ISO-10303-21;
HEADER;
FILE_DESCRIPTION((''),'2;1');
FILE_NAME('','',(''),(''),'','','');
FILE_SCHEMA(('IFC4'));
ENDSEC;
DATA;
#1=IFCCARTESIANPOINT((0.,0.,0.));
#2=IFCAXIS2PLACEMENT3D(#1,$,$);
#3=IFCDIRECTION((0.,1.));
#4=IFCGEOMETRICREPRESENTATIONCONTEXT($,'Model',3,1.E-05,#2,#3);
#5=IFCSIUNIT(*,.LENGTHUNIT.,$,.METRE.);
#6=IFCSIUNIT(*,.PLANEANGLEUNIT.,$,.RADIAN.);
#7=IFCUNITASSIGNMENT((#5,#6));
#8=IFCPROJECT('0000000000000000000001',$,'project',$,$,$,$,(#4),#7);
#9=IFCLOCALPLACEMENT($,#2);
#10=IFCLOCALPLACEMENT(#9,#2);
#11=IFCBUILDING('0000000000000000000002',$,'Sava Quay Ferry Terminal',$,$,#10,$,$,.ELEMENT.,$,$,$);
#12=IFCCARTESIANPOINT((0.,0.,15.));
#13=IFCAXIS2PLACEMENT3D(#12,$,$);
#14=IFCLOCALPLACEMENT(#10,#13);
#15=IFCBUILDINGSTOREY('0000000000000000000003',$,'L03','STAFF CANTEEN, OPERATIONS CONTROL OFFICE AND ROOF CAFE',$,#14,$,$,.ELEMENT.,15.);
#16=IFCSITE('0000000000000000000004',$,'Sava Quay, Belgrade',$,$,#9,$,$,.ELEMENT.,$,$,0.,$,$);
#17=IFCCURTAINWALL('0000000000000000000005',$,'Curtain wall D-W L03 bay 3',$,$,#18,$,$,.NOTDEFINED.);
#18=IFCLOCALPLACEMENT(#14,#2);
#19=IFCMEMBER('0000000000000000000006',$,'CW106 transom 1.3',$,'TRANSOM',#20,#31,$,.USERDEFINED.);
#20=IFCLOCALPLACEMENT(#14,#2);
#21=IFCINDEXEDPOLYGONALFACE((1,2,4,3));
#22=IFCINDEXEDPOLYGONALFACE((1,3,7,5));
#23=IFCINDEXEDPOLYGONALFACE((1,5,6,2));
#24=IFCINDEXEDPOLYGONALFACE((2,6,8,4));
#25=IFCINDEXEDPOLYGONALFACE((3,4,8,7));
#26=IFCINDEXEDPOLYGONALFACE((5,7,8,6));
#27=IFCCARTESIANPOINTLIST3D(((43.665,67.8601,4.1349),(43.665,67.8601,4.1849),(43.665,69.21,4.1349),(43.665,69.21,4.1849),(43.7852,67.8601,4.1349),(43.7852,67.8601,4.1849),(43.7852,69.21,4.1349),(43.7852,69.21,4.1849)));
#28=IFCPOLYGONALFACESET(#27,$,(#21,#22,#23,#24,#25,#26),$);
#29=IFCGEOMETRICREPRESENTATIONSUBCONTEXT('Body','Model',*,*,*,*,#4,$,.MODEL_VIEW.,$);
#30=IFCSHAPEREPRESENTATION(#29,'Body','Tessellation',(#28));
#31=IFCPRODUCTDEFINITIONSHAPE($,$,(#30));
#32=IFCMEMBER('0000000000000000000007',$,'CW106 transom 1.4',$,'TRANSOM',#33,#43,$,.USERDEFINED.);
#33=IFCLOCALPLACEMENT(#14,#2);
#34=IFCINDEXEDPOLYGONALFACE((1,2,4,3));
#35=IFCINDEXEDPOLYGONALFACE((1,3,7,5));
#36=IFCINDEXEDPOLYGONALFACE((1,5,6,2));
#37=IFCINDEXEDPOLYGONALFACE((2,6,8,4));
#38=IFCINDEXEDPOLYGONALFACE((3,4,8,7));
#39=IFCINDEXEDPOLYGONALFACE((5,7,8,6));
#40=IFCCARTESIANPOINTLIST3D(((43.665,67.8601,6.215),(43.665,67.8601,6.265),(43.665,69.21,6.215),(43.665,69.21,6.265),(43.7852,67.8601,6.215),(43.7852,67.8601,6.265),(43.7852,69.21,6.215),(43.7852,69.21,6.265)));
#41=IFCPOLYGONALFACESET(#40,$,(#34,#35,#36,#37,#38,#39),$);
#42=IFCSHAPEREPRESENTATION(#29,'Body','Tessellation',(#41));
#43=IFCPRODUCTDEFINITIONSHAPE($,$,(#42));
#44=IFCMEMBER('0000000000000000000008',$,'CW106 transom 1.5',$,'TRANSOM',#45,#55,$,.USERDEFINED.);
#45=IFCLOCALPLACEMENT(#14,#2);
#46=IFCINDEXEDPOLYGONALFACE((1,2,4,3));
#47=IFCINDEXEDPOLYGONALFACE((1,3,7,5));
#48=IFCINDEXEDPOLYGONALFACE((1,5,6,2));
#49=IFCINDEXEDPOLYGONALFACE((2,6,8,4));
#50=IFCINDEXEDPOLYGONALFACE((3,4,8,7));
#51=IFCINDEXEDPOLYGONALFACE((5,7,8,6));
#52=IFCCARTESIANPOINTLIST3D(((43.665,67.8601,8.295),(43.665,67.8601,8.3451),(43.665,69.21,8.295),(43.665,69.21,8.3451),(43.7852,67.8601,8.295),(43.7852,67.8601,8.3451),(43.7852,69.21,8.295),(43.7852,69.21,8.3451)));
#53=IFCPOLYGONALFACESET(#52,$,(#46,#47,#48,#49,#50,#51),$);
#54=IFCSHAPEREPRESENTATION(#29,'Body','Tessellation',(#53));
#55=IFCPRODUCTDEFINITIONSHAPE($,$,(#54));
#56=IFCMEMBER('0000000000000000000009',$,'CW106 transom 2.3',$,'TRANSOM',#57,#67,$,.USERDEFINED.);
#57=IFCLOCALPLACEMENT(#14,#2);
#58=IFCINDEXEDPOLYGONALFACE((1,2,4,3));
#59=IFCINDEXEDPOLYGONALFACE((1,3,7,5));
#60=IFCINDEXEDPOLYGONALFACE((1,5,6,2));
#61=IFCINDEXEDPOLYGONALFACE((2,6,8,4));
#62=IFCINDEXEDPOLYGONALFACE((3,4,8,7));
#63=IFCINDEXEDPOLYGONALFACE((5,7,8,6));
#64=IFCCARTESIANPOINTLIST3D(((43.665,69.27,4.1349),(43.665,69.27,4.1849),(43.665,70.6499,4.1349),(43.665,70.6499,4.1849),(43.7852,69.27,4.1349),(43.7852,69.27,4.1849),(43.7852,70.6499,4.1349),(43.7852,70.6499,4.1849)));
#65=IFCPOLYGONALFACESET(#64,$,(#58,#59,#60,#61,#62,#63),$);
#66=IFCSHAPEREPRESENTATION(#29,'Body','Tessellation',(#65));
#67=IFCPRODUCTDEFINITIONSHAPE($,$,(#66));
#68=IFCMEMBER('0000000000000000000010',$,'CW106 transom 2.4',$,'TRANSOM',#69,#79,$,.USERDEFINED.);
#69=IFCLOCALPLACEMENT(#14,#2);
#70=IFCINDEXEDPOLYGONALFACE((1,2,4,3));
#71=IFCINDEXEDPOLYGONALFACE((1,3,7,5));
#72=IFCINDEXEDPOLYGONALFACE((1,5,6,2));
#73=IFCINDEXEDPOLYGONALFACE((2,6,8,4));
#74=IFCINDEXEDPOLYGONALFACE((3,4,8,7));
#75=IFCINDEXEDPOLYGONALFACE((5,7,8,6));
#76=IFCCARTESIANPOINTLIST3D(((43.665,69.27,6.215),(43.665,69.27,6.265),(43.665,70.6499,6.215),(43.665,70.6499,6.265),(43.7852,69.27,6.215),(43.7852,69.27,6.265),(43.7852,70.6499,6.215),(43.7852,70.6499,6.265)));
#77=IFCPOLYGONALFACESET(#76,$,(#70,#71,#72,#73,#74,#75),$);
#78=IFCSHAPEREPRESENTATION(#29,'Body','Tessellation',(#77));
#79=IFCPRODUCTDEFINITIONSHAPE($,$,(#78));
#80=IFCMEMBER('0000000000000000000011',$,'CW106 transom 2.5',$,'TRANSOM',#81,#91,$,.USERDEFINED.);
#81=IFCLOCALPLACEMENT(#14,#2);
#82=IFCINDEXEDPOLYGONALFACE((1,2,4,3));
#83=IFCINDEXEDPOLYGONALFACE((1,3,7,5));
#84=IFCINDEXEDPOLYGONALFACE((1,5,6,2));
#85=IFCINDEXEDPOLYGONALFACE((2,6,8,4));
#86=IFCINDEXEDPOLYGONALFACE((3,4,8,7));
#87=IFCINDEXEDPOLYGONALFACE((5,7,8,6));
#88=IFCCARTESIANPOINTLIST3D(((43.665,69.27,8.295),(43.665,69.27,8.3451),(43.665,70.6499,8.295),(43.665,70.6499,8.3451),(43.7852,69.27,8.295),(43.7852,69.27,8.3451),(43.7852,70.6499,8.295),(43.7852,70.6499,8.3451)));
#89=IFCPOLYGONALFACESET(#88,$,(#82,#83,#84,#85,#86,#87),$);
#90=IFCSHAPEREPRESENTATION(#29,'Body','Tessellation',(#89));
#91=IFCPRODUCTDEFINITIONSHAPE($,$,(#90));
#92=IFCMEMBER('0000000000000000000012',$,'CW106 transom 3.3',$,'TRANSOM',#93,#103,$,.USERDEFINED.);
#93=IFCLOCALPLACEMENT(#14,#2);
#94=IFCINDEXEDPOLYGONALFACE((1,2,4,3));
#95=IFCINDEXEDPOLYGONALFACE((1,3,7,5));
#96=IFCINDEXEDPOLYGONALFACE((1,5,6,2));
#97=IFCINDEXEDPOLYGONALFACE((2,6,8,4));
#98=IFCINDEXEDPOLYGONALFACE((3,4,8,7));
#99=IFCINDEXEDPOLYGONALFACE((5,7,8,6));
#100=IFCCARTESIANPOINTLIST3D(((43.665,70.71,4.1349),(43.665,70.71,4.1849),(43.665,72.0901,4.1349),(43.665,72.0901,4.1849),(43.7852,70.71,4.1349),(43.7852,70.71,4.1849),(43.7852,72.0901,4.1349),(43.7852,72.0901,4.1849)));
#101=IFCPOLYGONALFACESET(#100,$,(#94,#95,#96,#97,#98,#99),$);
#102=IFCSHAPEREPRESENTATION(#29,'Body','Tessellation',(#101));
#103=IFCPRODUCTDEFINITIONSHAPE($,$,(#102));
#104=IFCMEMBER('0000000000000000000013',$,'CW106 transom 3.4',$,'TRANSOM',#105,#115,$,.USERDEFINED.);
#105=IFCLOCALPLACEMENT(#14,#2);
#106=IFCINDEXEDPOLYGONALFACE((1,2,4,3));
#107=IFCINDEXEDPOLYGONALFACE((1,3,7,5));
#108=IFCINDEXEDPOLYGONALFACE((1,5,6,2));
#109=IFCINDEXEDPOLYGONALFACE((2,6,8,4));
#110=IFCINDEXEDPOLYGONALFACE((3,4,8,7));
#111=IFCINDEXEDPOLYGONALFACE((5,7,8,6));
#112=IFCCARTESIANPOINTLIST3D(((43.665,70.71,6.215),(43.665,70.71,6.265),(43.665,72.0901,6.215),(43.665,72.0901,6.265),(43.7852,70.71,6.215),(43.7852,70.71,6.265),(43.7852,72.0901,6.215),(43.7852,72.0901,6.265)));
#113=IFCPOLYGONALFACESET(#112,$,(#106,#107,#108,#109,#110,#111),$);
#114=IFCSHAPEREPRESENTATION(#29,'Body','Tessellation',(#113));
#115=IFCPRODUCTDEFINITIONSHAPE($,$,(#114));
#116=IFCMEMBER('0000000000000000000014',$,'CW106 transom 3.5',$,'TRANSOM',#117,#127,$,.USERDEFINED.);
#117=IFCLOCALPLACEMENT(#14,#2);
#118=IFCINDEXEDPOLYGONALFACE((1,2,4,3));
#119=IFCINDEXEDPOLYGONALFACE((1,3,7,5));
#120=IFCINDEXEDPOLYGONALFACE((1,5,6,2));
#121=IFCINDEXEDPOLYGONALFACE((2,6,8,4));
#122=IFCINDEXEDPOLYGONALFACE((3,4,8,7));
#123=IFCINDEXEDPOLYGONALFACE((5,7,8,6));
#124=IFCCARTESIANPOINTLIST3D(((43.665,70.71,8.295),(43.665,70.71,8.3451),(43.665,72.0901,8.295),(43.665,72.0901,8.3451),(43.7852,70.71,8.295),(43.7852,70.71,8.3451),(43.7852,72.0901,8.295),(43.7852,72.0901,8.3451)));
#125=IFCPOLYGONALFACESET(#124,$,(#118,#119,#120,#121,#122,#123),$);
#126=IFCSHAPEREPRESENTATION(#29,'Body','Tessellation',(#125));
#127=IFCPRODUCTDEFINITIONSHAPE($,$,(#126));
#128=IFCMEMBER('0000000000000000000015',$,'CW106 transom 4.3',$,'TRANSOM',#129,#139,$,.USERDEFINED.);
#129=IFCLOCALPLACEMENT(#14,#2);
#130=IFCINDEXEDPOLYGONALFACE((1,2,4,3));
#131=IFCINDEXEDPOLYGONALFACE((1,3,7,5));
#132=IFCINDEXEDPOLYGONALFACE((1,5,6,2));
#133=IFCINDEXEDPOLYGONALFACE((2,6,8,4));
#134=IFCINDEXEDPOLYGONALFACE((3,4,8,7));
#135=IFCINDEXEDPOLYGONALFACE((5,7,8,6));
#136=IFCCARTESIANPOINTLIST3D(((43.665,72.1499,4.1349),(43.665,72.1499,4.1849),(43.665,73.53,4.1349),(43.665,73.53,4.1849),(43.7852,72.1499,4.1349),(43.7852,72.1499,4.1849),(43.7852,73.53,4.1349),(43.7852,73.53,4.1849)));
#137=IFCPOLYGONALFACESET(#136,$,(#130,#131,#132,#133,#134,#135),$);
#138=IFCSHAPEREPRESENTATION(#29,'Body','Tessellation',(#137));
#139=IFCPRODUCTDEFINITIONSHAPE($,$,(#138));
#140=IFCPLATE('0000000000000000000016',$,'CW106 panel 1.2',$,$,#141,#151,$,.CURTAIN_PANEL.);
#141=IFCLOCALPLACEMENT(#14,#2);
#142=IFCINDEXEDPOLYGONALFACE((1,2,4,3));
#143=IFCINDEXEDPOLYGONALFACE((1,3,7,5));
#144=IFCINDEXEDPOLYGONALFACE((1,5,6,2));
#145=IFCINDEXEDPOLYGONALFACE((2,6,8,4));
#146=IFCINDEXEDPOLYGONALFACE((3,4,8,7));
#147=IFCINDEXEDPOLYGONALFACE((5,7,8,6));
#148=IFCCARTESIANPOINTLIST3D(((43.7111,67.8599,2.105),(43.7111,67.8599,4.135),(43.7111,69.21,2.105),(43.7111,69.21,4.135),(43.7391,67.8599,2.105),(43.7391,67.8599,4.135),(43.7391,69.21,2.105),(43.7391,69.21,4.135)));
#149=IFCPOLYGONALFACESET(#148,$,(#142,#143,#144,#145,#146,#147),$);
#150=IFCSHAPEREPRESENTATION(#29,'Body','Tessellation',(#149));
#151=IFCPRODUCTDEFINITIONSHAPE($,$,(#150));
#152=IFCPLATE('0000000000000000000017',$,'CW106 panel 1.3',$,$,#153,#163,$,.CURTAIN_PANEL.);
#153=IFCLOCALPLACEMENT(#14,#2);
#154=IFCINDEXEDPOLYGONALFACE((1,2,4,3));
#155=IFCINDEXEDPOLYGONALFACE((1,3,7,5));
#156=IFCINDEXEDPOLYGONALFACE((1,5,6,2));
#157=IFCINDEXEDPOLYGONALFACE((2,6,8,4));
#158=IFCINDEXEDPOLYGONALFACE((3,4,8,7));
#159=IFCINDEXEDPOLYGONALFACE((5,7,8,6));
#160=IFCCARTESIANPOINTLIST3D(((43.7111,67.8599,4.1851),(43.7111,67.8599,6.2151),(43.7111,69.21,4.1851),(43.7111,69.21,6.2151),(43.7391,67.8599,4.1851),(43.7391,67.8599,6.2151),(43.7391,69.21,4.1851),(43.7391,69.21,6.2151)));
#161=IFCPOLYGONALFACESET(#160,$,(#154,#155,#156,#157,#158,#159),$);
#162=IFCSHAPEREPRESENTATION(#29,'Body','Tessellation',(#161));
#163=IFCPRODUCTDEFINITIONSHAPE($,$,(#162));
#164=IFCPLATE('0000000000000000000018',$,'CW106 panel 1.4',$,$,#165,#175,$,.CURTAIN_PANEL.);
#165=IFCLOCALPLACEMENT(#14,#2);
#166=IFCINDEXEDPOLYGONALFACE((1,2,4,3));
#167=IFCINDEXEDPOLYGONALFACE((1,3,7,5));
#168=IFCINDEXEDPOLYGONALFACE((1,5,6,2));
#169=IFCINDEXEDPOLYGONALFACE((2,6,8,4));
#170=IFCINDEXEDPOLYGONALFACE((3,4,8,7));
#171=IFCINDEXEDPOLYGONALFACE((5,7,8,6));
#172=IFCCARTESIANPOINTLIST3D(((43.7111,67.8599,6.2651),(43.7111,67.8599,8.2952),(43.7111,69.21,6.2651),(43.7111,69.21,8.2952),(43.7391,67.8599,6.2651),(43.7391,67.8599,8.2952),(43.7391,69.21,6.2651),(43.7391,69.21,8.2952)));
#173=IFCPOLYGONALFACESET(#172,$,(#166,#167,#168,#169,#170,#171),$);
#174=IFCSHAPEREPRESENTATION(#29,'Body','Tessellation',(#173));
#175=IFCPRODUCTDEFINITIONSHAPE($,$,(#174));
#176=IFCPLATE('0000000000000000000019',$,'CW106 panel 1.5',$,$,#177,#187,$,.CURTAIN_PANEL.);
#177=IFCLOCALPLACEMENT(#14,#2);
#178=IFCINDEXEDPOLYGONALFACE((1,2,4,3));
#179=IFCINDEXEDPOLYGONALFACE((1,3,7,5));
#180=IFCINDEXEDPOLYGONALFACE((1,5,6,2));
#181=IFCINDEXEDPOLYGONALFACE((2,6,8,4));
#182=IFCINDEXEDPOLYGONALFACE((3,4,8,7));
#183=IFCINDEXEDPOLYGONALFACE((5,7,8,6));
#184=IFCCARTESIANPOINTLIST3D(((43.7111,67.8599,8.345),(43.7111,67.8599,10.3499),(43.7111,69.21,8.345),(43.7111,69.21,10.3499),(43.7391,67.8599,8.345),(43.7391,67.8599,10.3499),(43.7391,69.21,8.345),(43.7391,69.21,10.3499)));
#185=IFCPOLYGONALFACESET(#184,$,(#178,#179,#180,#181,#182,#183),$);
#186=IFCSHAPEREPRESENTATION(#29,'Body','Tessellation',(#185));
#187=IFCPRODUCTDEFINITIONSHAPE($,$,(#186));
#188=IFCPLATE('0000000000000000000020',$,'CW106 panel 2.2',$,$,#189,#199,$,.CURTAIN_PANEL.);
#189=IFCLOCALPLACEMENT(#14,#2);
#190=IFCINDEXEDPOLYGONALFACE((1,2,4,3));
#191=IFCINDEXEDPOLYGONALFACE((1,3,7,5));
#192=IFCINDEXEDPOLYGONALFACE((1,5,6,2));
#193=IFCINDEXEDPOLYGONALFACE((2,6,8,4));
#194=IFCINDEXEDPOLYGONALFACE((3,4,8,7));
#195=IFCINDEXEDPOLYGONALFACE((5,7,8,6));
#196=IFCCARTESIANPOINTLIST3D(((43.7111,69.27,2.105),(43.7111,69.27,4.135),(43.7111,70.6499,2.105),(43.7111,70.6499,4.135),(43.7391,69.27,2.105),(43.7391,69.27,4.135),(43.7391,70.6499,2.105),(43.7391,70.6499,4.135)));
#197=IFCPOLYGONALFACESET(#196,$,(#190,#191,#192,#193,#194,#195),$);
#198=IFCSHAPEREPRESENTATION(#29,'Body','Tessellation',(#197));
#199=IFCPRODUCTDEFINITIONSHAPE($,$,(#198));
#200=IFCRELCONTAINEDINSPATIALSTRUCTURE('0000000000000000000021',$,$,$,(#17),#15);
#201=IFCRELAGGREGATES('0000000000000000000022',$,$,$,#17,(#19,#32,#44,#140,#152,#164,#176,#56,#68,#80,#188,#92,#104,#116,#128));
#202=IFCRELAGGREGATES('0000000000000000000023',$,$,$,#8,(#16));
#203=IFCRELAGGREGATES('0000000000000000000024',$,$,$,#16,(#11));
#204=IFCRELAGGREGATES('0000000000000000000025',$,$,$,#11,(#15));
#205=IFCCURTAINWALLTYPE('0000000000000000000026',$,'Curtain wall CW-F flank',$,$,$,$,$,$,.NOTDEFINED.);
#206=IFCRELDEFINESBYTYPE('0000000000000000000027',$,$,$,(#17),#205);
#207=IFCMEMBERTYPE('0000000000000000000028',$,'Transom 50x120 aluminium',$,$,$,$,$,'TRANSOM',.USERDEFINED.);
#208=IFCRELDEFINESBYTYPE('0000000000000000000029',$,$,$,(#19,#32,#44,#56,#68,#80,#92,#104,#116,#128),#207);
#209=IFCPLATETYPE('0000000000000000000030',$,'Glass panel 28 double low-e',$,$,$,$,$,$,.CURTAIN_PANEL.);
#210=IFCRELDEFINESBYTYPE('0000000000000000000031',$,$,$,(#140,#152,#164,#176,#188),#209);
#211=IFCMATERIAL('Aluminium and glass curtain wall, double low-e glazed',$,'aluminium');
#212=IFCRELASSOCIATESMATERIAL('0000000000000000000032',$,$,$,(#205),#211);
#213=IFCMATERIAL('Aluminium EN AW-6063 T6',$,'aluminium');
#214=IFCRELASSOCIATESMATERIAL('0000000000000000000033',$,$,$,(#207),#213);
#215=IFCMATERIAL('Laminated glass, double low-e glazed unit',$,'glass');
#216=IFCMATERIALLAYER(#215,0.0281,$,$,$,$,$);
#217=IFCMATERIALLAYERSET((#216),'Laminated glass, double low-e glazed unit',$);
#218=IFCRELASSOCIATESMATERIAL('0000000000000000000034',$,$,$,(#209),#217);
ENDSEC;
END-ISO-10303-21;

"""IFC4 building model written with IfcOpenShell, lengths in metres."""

from ifc_helpers import new_model, si_unit, direction, frame, origin, origin_2d, place, context, subcontext, project, spatial, rectangle, extrude, material, layer, layer_set, material_profile, profile_set, type_object, element, aggregate, save


model = new_model("IFC4")

# Units and contexts
model_context = context("Model", 3, precision=1e-05, world=origin(), true_north=direction((0.0, 1.0)))
body_context = subcontext(model_context, "Body", "Model", "MODEL_VIEW")
ifc_project = project(units=[si_unit("LENGTHUNIT", "METRE"), si_unit("PLANEANGLEUNIT", "RADIAN")], contexts=[model_context])

# Site, building, storey
site_placement = place(None, origin())
site = spatial("IfcSite", under=ifc_project, at=site_placement, Name="Sava Quay, Belgrade", CompositionType="ELEMENT", RefElevation=0.0)
building_placement = place(site_placement, origin())
building = spatial("IfcBuilding", under=site, at=building_placement, Name="Sava Quay Ferry Terminal", CompositionType="ELEMENT")
storey_placement = place(building_placement, frame((0.0, 0.0, 15.0)))
storey = spatial("IfcBuildingStorey", under=building, at=storey_placement, Name="L03", Description="STAFF CANTEEN, OPERATIONS CONTROL OFFICE AND ROOF CAFE", CompositionType="ELEMENT", Elevation=15.0)

# Curtain wall, members, plates
ifc_material_1 = material(Name="Aluminium and glass curtain wall, double low-e glazed", Category="aluminium")
curtain_wall_type = type_object("IfcCurtainWallType", Name="Curtain wall CW-F flank", PredefinedType="NOTDEFINED", material=ifc_material_1)
curtain_wall_placement = place(storey_placement, origin())
curtain_wall = element("IfcCurtainWall", 1, at=curtain_wall_placement, inside=storey, type_object=curtain_wall_type, Name="Curtain wall D-W L03 bay 3", PredefinedType="NOTDEFINED")
ifc_material_2 = material(Name="Aluminium EN AW-6063 T6", Category="aluminium")
ifc_material_profile = material_profile(ifc_material_2, rectangle(XDim=0.1201, YDim=0.05, at=origin_2d()), Name="Transom 50x120 aluminium")
ifc_profile_set = profile_set([ifc_material_profile], Name="Aluminium EN AW-6063 T6")
member_type = type_object("IfcMemberType", Name="Transom 50x120 aluminium", ElementType="TRANSOM", PredefinedType="USERDEFINED", material=ifc_profile_set)
member_1_placement = place(storey_placement, frame((43.7251, 67.8601, 4.1599), z_axis=(0.0, 1.0, 0.0), x_axis=(-1.0, 0.0, 0.0)))
member_1 = element("IfcMember", 2, at=member_1_placement, type_object=member_type, Name="CW106 transom 1.3", ObjectType="TRANSOM", PredefinedType="USERDEFINED", context=body_context, shape_type="SweptSolid", body=[
    extrude(rectangle(XDim=0.1201, YDim=0.05, at=origin_2d()), origin(), (0.0, 0.0, 1.0), 1.3499),
])
member_2_placement = place(storey_placement, frame((43.7251, 67.8601, 6.24), z_axis=(0.0, 1.0, 0.0), x_axis=(-1.0, 0.0, 0.0)))
member_2 = element("IfcMember", 3, at=member_2_placement, type_object=member_type, Name="CW106 transom 1.4", ObjectType="TRANSOM", PredefinedType="USERDEFINED", context=body_context, shape_type="SweptSolid", body=[
    extrude(rectangle(XDim=0.1201, YDim=0.05, at=origin_2d()), origin(), (0.0, 0.0, 1.0), 1.3499),
])
member_3_placement = place(storey_placement, frame((43.7251, 67.8601, 8.3201), z_axis=(0.0, 1.0, 0.0), x_axis=(-1.0, 0.0, 0.0)))
member_3 = element("IfcMember", 4, at=member_3_placement, type_object=member_type, Name="CW106 transom 1.5", ObjectType="TRANSOM", PredefinedType="USERDEFINED", context=body_context, shape_type="SweptSolid", body=[
    extrude(rectangle(XDim=0.1201, YDim=0.05, at=origin_2d()), origin(), (0.0, 0.0, 1.0), 1.3499),
])
member_4_placement = place(storey_placement, frame((43.7251, 69.27, 4.1599), z_axis=(0.0, 1.0, 0.0), x_axis=(-1.0, 0.0, 0.0)))
member_4 = element("IfcMember", 5, at=member_4_placement, type_object=member_type, Name="CW106 transom 2.3", ObjectType="TRANSOM", PredefinedType="USERDEFINED", context=body_context, shape_type="SweptSolid", body=[
    extrude(rectangle(XDim=0.1201, YDim=0.05, at=origin_2d()), origin(), (0.0, 0.0, 1.0), 1.3799),
])
member_5_placement = place(storey_placement, frame((43.7251, 69.27, 6.24), z_axis=(0.0, 1.0, 0.0), x_axis=(-1.0, 0.0, 0.0)))
member_5 = element("IfcMember", 6, at=member_5_placement, type_object=member_type, Name="CW106 transom 2.4", ObjectType="TRANSOM", PredefinedType="USERDEFINED", context=body_context, shape_type="SweptSolid", body=[
    extrude(rectangle(XDim=0.1201, YDim=0.05, at=origin_2d()), origin(), (0.0, 0.0, 1.0), 1.3799),
])
member_6_placement = place(storey_placement, frame((43.7251, 69.27, 8.3201), z_axis=(0.0, 1.0, 0.0), x_axis=(-1.0, 0.0, 0.0)))
member_6 = element("IfcMember", 7, at=member_6_placement, type_object=member_type, Name="CW106 transom 2.5", ObjectType="TRANSOM", PredefinedType="USERDEFINED", context=body_context, shape_type="SweptSolid", body=[
    extrude(rectangle(XDim=0.1201, YDim=0.05, at=origin_2d()), origin(), (0.0, 0.0, 1.0), 1.3799),
])
member_7_placement = place(storey_placement, frame((43.7251, 70.71, 4.1599), z_axis=(0.0, 1.0, 0.0), x_axis=(-1.0, 0.0, 0.0)))
member_7 = element("IfcMember", 8, at=member_7_placement, type_object=member_type, Name="CW106 transom 3.3", ObjectType="TRANSOM", PredefinedType="USERDEFINED", context=body_context, shape_type="SweptSolid", body=[
    extrude(rectangle(XDim=0.1201, YDim=0.05, at=origin_2d()), origin(), (0.0, 0.0, 1.0), 1.3801),
])
member_8_placement = place(storey_placement, frame((43.7251, 70.71, 6.24), z_axis=(0.0, 1.0, 0.0), x_axis=(-1.0, 0.0, 0.0)))
member_8 = element("IfcMember", 9, at=member_8_placement, type_object=member_type, Name="CW106 transom 3.4", ObjectType="TRANSOM", PredefinedType="USERDEFINED", context=body_context, shape_type="SweptSolid", body=[
    extrude(rectangle(XDim=0.1201, YDim=0.05, at=origin_2d()), origin(), (0.0, 0.0, 1.0), 1.3801),
])
member_9_placement = place(storey_placement, frame((43.7251, 70.71, 8.3201), z_axis=(0.0, 1.0, 0.0), x_axis=(-1.0, 0.0, 0.0)))
member_9 = element("IfcMember", 10, at=member_9_placement, type_object=member_type, Name="CW106 transom 3.5", ObjectType="TRANSOM", PredefinedType="USERDEFINED", context=body_context, shape_type="SweptSolid", body=[
    extrude(rectangle(XDim=0.1201, YDim=0.05, at=origin_2d()), origin(), (0.0, 0.0, 1.0), 1.3801),
])
member_10_placement = place(storey_placement, frame((43.7251, 72.1499, 4.1599), z_axis=(0.0, 1.0, 0.0), x_axis=(-1.0, 0.0, 0.0)))
member_10 = element("IfcMember", 11, at=member_10_placement, type_object=member_type, Name="CW106 transom 4.3", ObjectType="TRANSOM", PredefinedType="USERDEFINED", context=body_context, shape_type="SweptSolid", body=[
    extrude(rectangle(XDim=0.1201, YDim=0.05, at=origin_2d()), origin(), (0.0, 0.0, 1.0), 1.3801),
])
ifc_material_3 = material(Name="Laminated glass, double low-e glazed unit", Category="glass")
ifc_layer_1 = layer(ifc_material_3, 0.0281)
ifc_layer_set_1 = layer_set([ifc_layer_1], Name="Laminated glass, double low-e glazed unit")
plate_type = type_object("IfcPlateType", Name="Glass panel 28 double low-e", PredefinedType="CURTAIN_PANEL", material=ifc_layer_set_1)
plate_1_placement = place(storey_placement, frame((43.7251, 68.5349, 2.105), z_axis=(0.0, 0.0, 1.0), x_axis=(0.0, 1.0, 0.0)))
plate_1 = element("IfcPlate", 12, at=plate_1_placement, type_object=plate_type, Name="CW106 panel 1.2", PredefinedType="CURTAIN_PANEL", context=body_context, shape_type="SweptSolid", body=[
    extrude(rectangle(XDim=1.3501, YDim=0.0281, at=origin_2d()), origin(), (0.0, 0.0, 1.0), 2.03),
])
plate_2_placement = place(storey_placement, frame((43.7251, 68.5349, 4.1851), z_axis=(0.0, 0.0, 1.0), x_axis=(0.0, 1.0, 0.0)))
plate_2 = element("IfcPlate", 13, at=plate_2_placement, type_object=plate_type, Name="CW106 panel 1.3", PredefinedType="CURTAIN_PANEL", context=body_context, shape_type="SweptSolid", body=[
    extrude(rectangle(XDim=1.3501, YDim=0.0281, at=origin_2d()), origin(), (0.0, 0.0, 1.0), 2.03),
])
plate_3_placement = place(storey_placement, frame((43.7251, 68.5349, 6.2651), z_axis=(0.0, 0.0, 1.0), x_axis=(0.0, 1.0, 0.0)))
plate_3 = element("IfcPlate", 14, at=plate_3_placement, type_object=plate_type, Name="CW106 panel 1.4", PredefinedType="CURTAIN_PANEL", context=body_context, shape_type="SweptSolid", body=[
    extrude(rectangle(XDim=1.3501, YDim=0.0281, at=origin_2d()), origin(), (0.0, 0.0, 1.0), 2.03),
])
plate_4_placement = place(storey_placement, frame((43.7251, 68.5349, 8.345), z_axis=(0.0, 0.0, 1.0), x_axis=(0.0, 1.0, 0.0)))
plate_4 = element("IfcPlate", 15, at=plate_4_placement, type_object=plate_type, Name="CW106 panel 1.5", PredefinedType="CURTAIN_PANEL", context=body_context, shape_type="SweptSolid", body=[
    extrude(rectangle(XDim=1.3501, YDim=0.0281, at=origin_2d()), origin(), (0.0, 0.0, 1.0), 2.0049),
])
plate_5_placement = place(storey_placement, frame((43.7251, 69.96, 2.105), z_axis=(0.0, 0.0, 1.0), x_axis=(0.0, 1.0, 0.0)))
plate_5 = element("IfcPlate", 16, at=plate_5_placement, type_object=plate_type, Name="CW106 panel 2.2", PredefinedType="CURTAIN_PANEL", context=body_context, shape_type="SweptSolid", body=[
    extrude(rectangle(XDim=1.3799, YDim=0.0281, at=origin_2d()), origin(), (0.0, 0.0, 1.0), 2.03),
])
aggregate(curtain_wall, [member_1, member_2, member_3, plate_1, plate_2, plate_3, plate_4, member_4, member_5, member_6, plate_5, member_7, member_8, member_9, member_10])

save(model, "model.ifc")
